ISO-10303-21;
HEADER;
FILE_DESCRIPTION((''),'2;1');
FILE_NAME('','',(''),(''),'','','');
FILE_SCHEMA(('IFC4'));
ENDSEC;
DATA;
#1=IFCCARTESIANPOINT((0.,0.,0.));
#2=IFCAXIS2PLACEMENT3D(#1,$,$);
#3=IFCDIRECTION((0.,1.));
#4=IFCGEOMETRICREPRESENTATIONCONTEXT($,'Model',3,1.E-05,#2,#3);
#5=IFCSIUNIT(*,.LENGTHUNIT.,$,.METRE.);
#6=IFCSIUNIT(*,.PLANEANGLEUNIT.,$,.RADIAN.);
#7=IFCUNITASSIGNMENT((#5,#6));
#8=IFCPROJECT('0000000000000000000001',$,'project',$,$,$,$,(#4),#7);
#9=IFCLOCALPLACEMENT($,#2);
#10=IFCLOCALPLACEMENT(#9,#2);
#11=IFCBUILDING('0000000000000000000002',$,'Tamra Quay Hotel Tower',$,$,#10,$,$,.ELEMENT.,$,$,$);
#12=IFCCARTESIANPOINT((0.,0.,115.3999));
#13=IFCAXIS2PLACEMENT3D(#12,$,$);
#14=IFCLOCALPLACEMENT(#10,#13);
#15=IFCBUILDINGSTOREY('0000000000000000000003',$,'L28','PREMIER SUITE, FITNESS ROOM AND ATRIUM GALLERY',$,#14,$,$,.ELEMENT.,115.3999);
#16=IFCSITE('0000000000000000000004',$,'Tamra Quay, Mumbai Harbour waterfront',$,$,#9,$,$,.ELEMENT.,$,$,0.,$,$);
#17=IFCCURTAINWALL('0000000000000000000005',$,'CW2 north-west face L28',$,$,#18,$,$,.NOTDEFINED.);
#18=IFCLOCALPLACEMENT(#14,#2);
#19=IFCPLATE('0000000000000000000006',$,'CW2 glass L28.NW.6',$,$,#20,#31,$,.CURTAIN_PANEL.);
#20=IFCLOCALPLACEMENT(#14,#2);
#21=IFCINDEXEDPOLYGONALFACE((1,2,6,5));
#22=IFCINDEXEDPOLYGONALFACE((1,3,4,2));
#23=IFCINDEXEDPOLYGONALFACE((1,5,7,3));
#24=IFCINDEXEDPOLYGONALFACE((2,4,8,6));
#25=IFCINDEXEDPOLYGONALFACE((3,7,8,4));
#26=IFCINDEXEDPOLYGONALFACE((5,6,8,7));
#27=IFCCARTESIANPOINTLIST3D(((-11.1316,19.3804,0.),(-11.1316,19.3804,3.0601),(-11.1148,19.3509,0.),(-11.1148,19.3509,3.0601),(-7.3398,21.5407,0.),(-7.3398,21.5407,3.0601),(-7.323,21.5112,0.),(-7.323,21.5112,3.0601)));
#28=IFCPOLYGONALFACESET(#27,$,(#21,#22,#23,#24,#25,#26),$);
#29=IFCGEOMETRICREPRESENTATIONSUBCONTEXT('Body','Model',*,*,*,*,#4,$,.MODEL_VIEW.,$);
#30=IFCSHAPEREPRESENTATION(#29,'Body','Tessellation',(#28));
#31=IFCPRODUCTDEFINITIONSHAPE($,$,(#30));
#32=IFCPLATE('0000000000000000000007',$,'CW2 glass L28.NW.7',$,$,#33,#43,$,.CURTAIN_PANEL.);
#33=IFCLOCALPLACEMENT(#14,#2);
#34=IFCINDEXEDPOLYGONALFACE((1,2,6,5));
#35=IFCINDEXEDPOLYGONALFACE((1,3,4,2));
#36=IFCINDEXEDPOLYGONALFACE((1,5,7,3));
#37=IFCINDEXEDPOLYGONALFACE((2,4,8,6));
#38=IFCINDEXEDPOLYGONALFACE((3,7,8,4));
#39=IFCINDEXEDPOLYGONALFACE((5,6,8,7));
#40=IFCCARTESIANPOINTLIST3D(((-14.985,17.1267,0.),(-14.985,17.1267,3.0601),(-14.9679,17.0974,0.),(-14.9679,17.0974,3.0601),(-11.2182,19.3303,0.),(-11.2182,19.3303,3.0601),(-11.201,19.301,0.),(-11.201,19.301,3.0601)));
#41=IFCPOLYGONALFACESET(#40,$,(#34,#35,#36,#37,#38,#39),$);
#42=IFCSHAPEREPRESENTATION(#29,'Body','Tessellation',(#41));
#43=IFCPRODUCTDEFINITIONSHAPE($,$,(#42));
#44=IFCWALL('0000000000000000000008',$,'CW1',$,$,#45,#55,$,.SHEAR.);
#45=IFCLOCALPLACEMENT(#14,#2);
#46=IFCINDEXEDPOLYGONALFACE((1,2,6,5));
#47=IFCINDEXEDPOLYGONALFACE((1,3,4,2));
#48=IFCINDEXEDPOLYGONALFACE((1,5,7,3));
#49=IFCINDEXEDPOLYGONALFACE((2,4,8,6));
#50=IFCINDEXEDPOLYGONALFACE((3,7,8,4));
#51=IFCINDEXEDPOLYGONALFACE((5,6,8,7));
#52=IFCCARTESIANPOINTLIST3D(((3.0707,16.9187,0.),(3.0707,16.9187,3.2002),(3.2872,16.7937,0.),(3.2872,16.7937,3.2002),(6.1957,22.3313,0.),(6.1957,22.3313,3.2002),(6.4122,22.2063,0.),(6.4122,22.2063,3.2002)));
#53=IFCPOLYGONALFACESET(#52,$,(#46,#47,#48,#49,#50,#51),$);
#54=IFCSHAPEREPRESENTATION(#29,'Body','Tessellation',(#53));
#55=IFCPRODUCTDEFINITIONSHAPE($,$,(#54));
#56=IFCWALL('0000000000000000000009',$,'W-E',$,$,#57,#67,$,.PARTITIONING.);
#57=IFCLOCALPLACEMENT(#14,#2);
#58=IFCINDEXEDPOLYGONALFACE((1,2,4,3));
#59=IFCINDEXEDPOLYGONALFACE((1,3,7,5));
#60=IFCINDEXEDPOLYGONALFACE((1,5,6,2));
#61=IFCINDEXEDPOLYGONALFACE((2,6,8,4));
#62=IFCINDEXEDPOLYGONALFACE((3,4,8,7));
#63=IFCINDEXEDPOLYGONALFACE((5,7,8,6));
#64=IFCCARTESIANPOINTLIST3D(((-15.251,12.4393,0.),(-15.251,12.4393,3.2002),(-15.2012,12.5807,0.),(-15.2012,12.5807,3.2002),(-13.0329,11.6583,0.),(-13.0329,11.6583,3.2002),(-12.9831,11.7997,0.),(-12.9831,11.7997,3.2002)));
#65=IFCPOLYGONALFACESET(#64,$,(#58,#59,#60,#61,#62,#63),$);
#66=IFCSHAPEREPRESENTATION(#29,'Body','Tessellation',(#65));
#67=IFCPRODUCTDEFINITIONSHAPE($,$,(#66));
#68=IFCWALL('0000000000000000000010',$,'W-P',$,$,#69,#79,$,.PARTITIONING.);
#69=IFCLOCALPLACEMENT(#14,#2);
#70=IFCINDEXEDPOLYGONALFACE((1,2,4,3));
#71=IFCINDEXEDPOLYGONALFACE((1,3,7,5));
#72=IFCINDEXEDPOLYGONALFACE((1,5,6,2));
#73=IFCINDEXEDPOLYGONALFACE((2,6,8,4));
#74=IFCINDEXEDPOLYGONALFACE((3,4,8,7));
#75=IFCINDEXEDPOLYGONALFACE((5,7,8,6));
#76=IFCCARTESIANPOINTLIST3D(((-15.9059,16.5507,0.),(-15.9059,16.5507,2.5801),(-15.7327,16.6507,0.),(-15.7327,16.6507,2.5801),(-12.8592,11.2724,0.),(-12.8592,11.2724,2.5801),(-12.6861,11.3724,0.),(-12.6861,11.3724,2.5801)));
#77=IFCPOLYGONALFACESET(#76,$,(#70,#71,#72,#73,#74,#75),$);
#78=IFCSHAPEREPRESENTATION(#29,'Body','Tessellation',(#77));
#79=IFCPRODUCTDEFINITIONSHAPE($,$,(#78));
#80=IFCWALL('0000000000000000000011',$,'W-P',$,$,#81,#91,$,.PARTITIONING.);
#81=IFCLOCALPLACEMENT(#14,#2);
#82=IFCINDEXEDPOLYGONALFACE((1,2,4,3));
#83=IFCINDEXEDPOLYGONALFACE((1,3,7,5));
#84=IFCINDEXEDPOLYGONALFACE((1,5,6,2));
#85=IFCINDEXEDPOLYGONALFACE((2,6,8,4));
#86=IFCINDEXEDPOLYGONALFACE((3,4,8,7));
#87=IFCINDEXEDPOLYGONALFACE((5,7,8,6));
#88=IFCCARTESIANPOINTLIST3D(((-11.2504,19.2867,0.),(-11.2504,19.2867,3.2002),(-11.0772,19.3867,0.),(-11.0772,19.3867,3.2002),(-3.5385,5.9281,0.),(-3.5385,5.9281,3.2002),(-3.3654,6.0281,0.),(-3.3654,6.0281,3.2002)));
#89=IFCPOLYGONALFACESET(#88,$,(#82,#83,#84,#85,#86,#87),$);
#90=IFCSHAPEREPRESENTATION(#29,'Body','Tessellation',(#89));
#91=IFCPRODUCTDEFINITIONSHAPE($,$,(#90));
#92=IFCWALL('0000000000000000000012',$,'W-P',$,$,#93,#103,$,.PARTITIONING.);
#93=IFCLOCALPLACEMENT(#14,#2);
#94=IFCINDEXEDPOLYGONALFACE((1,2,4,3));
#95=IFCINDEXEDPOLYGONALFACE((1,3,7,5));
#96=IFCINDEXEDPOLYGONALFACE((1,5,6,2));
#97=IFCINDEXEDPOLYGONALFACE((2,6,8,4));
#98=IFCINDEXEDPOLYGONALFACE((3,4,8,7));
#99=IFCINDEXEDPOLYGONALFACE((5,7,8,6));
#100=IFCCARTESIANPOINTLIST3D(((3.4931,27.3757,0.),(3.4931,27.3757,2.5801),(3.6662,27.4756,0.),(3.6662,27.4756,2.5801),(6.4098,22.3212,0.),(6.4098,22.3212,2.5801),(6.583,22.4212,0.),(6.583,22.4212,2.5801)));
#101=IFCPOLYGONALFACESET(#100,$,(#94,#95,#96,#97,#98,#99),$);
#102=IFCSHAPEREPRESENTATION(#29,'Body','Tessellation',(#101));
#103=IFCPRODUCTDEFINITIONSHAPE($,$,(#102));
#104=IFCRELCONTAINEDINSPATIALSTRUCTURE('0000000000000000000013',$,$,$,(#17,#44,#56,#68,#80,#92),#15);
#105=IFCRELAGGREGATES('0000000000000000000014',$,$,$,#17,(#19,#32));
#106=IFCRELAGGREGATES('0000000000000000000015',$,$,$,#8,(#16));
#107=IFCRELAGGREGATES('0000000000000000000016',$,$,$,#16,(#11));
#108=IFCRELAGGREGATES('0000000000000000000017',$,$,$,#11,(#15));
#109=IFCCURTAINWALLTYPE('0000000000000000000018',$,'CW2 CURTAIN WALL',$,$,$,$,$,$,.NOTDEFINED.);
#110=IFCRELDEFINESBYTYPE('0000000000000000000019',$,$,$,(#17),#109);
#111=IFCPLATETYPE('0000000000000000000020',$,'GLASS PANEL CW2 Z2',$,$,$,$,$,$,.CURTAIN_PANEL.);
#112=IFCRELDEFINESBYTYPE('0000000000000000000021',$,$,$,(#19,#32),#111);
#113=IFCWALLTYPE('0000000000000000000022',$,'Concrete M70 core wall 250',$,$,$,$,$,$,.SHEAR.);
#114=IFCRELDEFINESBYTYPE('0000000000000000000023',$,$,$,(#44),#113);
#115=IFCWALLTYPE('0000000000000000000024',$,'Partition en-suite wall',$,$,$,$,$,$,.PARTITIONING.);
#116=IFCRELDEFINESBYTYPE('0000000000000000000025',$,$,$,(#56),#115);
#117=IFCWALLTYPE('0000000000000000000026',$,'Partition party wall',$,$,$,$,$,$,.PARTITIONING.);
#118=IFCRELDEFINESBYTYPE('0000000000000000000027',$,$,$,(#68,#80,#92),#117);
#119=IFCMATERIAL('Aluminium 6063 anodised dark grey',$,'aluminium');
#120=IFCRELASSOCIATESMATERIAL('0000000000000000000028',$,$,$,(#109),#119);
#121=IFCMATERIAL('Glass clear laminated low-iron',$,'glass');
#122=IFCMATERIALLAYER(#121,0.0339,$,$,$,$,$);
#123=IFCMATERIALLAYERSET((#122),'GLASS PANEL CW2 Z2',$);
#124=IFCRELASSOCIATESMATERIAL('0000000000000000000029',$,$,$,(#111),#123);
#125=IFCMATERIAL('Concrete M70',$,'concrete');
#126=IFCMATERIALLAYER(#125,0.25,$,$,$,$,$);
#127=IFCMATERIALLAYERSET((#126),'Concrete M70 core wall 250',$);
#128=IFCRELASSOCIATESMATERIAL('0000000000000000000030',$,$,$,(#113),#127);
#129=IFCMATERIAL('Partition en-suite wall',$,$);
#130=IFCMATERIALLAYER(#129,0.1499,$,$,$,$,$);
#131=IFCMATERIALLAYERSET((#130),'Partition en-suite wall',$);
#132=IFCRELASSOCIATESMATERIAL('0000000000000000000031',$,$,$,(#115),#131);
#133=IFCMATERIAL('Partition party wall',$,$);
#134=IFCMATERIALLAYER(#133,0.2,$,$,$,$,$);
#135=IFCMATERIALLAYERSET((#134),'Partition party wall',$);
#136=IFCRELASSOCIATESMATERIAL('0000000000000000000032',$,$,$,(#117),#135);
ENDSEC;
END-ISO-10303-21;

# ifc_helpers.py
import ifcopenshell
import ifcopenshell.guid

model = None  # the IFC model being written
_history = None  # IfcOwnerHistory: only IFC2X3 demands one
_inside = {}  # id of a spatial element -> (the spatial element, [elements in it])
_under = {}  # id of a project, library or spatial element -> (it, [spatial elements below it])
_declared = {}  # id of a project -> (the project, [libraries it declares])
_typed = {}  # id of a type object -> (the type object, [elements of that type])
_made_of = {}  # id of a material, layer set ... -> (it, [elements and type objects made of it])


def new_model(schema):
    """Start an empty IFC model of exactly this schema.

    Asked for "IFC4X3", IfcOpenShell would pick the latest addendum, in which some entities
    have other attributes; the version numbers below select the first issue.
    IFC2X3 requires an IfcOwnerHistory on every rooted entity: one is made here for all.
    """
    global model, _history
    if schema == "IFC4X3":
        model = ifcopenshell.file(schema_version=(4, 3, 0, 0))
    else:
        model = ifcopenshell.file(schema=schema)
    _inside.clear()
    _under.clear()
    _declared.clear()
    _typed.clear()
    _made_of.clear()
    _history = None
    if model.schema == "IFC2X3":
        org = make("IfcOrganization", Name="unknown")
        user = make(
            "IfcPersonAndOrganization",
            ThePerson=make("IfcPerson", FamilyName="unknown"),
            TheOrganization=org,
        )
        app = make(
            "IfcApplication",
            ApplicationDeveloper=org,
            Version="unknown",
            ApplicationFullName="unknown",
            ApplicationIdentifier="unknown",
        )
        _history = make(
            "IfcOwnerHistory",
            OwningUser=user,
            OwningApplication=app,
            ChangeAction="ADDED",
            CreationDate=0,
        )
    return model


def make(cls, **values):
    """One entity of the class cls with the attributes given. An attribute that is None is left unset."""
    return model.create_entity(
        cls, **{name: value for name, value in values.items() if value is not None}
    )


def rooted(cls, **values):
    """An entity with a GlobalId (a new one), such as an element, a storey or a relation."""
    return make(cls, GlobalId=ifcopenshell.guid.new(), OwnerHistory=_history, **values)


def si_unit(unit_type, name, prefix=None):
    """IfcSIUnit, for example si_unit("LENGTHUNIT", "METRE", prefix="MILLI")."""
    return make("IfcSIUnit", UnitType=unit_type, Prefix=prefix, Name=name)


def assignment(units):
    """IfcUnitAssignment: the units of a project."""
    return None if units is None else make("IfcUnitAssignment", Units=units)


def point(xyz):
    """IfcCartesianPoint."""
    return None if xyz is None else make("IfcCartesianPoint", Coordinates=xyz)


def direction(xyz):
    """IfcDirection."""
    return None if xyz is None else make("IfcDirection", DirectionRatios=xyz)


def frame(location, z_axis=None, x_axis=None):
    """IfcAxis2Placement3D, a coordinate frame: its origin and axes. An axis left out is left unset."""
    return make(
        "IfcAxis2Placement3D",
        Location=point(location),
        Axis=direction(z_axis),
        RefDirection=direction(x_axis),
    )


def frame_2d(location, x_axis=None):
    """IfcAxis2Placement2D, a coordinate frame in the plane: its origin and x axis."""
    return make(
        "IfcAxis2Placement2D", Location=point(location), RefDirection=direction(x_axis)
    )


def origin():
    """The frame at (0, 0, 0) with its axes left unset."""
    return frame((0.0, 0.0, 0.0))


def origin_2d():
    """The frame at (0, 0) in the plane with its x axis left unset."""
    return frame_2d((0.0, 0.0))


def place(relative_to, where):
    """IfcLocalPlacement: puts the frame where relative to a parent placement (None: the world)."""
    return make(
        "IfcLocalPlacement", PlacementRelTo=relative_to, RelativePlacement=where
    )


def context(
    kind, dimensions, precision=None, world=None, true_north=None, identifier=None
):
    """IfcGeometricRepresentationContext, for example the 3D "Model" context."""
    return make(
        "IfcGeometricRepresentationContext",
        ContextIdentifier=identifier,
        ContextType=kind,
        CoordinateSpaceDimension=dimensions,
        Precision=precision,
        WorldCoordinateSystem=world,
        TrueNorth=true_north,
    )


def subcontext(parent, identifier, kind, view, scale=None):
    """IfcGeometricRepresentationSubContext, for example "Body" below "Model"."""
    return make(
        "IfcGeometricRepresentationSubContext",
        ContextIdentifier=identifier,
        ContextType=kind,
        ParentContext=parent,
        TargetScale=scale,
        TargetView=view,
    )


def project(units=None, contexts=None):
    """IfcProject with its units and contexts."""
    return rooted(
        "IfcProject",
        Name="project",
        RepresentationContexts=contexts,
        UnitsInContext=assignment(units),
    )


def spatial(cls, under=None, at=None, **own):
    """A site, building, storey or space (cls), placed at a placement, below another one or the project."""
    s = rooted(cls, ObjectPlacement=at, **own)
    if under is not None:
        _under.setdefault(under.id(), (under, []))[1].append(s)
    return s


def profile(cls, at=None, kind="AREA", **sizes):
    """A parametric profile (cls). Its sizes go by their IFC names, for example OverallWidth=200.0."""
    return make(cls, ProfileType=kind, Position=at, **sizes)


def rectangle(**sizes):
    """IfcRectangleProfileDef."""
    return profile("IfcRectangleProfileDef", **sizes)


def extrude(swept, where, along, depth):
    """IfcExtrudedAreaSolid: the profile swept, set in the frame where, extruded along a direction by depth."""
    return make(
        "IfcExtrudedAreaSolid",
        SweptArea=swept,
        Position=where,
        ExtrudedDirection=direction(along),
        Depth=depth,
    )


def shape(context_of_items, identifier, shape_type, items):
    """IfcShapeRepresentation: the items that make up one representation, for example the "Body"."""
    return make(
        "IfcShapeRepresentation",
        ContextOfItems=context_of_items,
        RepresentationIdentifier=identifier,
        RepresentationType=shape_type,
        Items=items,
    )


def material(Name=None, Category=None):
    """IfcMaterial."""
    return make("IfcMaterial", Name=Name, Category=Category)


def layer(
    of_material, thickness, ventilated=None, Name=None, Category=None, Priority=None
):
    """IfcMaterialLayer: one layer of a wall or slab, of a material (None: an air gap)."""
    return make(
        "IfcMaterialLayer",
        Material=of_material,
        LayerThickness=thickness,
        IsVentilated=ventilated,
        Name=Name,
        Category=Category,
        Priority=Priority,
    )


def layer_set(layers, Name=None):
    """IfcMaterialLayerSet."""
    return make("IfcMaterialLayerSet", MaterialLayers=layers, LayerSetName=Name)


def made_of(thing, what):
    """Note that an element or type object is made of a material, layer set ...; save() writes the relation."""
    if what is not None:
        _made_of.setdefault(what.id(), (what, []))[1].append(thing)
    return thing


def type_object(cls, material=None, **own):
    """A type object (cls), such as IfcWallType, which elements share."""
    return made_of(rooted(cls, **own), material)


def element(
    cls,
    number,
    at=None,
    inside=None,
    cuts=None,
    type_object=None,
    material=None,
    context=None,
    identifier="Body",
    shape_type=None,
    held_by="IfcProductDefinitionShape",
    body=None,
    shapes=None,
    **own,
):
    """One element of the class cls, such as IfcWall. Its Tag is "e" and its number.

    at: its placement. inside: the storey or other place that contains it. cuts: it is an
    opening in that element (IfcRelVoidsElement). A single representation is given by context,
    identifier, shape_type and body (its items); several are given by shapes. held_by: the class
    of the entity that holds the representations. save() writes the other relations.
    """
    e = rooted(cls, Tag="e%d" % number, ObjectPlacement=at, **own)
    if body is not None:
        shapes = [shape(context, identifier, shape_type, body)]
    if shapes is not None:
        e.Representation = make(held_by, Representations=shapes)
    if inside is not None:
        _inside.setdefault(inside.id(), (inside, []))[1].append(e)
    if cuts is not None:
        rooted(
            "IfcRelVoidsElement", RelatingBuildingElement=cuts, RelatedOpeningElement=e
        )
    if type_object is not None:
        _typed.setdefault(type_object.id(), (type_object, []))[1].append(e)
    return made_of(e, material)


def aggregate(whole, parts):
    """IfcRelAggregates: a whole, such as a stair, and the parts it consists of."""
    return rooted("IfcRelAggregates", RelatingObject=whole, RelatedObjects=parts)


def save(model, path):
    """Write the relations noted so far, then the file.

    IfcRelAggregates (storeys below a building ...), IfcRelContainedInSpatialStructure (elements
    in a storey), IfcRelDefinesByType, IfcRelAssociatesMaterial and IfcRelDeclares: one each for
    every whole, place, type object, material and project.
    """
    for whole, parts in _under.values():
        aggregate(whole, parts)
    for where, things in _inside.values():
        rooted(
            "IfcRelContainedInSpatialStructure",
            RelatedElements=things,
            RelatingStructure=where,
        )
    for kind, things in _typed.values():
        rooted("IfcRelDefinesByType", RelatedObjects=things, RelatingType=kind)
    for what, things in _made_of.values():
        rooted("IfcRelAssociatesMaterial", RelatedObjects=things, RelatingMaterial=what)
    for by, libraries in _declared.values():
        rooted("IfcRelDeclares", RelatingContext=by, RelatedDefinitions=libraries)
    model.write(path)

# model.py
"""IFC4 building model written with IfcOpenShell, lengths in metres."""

from ifc_helpers import new_model, si_unit, direction, frame, frame_2d, origin, origin_2d, place, context, subcontext, project, spatial, rectangle, extrude, material, layer, layer_set, type_object, element, aggregate, save


model = new_model("IFC4")

# Units and contexts
model_context = context("Model", 3, precision=1e-05, world=origin(), true_north=direction((0.0, 1.0)))
body_context = subcontext(model_context, "Body", "Model", "MODEL_VIEW")
ifc_project = project(units=[si_unit("LENGTHUNIT", "METRE"), si_unit("PLANEANGLEUNIT", "RADIAN")], contexts=[model_context])

# Site, building, storey
site_placement = place(None, origin())
site = spatial("IfcSite", under=ifc_project, at=site_placement, Name="Tamra Quay, Mumbai Harbour waterfront", CompositionType="ELEMENT", RefElevation=0.0)
building_placement = place(site_placement, origin())
building = spatial("IfcBuilding", under=site, at=building_placement, Name="Tamra Quay Hotel Tower", CompositionType="ELEMENT")
storey_placement = place(building_placement, frame((0.0, 0.0, 115.3999)))
storey = spatial("IfcBuildingStorey", under=building, at=storey_placement, Name="L28", Description="PREMIER SUITE, FITNESS ROOM AND ATRIUM GALLERY", CompositionType="ELEMENT", Elevation=115.3999)

# Shared definitions
ifc_material_1 = material(Name="Concrete M70", Category="concrete")

# Curtain wall, plates
ifc_material_2 = material(Name="Aluminium 6063 anodised dark grey", Category="aluminium")
curtain_wall_type = type_object("IfcCurtainWallType", Name="CW2 CURTAIN WALL", PredefinedType="NOTDEFINED", material=ifc_material_2)
curtain_wall_placement = place(storey_placement, origin())
curtain_wall = element("IfcCurtainWall", 1, at=curtain_wall_placement, inside=storey, type_object=curtain_wall_type, Name="CW2 north-west face L28", PredefinedType="NOTDEFINED")
ifc_material_3 = material(Name="Glass clear laminated low-iron", Category="glass")
ifc_layer_1 = layer(ifc_material_3, 0.0339)
ifc_layer_set_1 = layer_set([ifc_layer_1], Name="GLASS PANEL CW2 Z2")
plate_type = type_object("IfcPlateType", Name="GLASS PANEL CW2 Z2", PredefinedType="CURTAIN_PANEL", material=ifc_layer_set_1)
plate_1_placement = place(storey_placement, frame((-9.2273, 20.4458, 0.0), z_axis=(0.0, 0.0, 1.0), x_axis=(-0.868868, -0.495045, 0.0)))
plate_1 = element("IfcPlate", 2, at=plate_1_placement, type_object=plate_type, Name="CW2 glass L28.NW.6", PredefinedType="CURTAIN_PANEL", context=body_context, shape_type="SweptSolid", body=[
    extrude(rectangle(XDim=4.364, YDim=0.0339, at=origin_2d()), origin(), (0.0, 0.0, 1.0), 3.0601),
])
plate_2_placement = place(storey_placement, frame((-13.093, 18.2139, 0.0), z_axis=(0.0, 0.0, 1.0), x_axis=(-0.863155, -0.504939, 0.0)))
plate_2 = element("IfcPlate", 3, at=plate_2_placement, type_object=plate_type, Name="CW2 glass L28.NW.7", PredefinedType="CURTAIN_PANEL", context=body_context, shape_type="SweptSolid", body=[
    extrude(rectangle(XDim=4.364, YDim=0.0339, at=origin_2d()), origin(), (0.0, 0.0, 1.0), 3.0601),
])
aggregate(curtain_wall, [plate_1, plate_2])

# Walls
ifc_layer_2 = layer(ifc_material_1, 0.25)
ifc_layer_set_2 = layer_set([ifc_layer_2], Name="Concrete M70 core wall 250")
wall_type_1 = type_object("IfcWallType", Name="Concrete M70 core wall 250", PredefinedType="SHEAR", material=ifc_layer_set_2)
wall_1_placement = place(storey_placement, frame((3.179, 16.8562, 0.0), z_axis=(0.0, 0.0, 1.0), x_axis=(0.500004, 0.866023, 0.0)))
element("IfcWall", 4, at=wall_1_placement, inside=storey, type_object=wall_type_1, Name="CW1", PredefinedType="SHEAR", context=body_context, shape_type="SweptSolid", body=[
    extrude(rectangle(XDim=6.25, YDim=0.25, at=frame_2d((3.125, 0.0))), origin(), (0.0, 0.0, 1.0), 3.2002),
])
ifc_material_4 = material(Name="Partition en-suite wall")
ifc_layer_3 = layer(ifc_material_4, 0.1499)
ifc_layer_set_3 = layer_set([ifc_layer_3], Name="Partition en-suite wall")
wall_type_2 = type_object("IfcWallType", Name="Partition en-suite wall", PredefinedType="PARTITIONING", material=ifc_layer_set_3)
wall_2_placement = place(storey_placement, frame((-15.2261, 12.51, 0.0), z_axis=(0.0, 0.0, 1.0), x_axis=(0.943234, -0.33213, 0.0)))
element("IfcWall", 5, at=wall_2_placement, inside=storey, type_object=wall_type_2, Name="W-E", PredefinedType="PARTITIONING", context=body_context, shape_type="SweptSolid", body=[
    extrude(rectangle(XDim=2.3516, YDim=0.1499, at=frame_2d((1.1758, 0.0))), origin(), (0.0, 0.0, 1.0), 3.2002),
])
ifc_material_5 = material(Name="Partition party wall")
ifc_layer_4 = layer(ifc_material_5, 0.2)
ifc_layer_set_4 = layer_set([ifc_layer_4], Name="Partition party wall")
wall_type_3 = type_object("IfcWallType", Name="Partition party wall", PredefinedType="PARTITIONING", material=ifc_layer_set_4)
wall_3_placement = place(storey_placement, frame((-15.8193, 16.6008, 0.0), z_axis=(0.0, 0.0, 1.0), x_axis=(0.4999, -0.866083, 0.0)))
element("IfcWall", 6, at=wall_3_placement, inside=storey, type_object=wall_type_3, Name="W-P", PredefinedType="PARTITIONING", context=body_context, shape_type="SweptSolid", body=[
    extrude(rectangle(XDim=6.0945, YDim=0.2, at=frame_2d((3.0474, 0.0))), origin(), (0.0, 0.0, 1.0), 2.5801),
])
wall_4_placement = place(storey_placement, frame((-11.1638, 19.3367, 0.0), z_axis=(0.0, 0.0, 1.0), x_axis=(0.499966, -0.866045, 0.0)))
element("IfcWall", 7, at=wall_4_placement, inside=storey, type_object=wall_type_3, Name="W-P", PredefinedType="PARTITIONING", context=body_context, shape_type="SweptSolid", body=[
    extrude(rectangle(XDim=15.4248, YDim=0.2, at=frame_2d((7.7124, 0.0))), origin(), (0.0, 0.0, 1.0), 3.2002),
])
wall_5_placement = place(storey_placement, frame((3.5796, 27.4258, 0.0), z_axis=(0.0, 0.0, 1.0), x_axis=(0.499815, -0.866132, 0.0)))
element("IfcWall", 8, at=wall_5_placement, inside=storey, type_object=wall_type_3, Name="W-P", PredefinedType="PARTITIONING", context=body_context, shape_type="SweptSolid", body=[
    extrude(rectangle(XDim=5.8357, YDim=0.2, at=frame_2d((2.918, 0.0))), origin(), (0.0, 0.0, 1.0), 2.5801),
])

save(model, "model.ifc")
